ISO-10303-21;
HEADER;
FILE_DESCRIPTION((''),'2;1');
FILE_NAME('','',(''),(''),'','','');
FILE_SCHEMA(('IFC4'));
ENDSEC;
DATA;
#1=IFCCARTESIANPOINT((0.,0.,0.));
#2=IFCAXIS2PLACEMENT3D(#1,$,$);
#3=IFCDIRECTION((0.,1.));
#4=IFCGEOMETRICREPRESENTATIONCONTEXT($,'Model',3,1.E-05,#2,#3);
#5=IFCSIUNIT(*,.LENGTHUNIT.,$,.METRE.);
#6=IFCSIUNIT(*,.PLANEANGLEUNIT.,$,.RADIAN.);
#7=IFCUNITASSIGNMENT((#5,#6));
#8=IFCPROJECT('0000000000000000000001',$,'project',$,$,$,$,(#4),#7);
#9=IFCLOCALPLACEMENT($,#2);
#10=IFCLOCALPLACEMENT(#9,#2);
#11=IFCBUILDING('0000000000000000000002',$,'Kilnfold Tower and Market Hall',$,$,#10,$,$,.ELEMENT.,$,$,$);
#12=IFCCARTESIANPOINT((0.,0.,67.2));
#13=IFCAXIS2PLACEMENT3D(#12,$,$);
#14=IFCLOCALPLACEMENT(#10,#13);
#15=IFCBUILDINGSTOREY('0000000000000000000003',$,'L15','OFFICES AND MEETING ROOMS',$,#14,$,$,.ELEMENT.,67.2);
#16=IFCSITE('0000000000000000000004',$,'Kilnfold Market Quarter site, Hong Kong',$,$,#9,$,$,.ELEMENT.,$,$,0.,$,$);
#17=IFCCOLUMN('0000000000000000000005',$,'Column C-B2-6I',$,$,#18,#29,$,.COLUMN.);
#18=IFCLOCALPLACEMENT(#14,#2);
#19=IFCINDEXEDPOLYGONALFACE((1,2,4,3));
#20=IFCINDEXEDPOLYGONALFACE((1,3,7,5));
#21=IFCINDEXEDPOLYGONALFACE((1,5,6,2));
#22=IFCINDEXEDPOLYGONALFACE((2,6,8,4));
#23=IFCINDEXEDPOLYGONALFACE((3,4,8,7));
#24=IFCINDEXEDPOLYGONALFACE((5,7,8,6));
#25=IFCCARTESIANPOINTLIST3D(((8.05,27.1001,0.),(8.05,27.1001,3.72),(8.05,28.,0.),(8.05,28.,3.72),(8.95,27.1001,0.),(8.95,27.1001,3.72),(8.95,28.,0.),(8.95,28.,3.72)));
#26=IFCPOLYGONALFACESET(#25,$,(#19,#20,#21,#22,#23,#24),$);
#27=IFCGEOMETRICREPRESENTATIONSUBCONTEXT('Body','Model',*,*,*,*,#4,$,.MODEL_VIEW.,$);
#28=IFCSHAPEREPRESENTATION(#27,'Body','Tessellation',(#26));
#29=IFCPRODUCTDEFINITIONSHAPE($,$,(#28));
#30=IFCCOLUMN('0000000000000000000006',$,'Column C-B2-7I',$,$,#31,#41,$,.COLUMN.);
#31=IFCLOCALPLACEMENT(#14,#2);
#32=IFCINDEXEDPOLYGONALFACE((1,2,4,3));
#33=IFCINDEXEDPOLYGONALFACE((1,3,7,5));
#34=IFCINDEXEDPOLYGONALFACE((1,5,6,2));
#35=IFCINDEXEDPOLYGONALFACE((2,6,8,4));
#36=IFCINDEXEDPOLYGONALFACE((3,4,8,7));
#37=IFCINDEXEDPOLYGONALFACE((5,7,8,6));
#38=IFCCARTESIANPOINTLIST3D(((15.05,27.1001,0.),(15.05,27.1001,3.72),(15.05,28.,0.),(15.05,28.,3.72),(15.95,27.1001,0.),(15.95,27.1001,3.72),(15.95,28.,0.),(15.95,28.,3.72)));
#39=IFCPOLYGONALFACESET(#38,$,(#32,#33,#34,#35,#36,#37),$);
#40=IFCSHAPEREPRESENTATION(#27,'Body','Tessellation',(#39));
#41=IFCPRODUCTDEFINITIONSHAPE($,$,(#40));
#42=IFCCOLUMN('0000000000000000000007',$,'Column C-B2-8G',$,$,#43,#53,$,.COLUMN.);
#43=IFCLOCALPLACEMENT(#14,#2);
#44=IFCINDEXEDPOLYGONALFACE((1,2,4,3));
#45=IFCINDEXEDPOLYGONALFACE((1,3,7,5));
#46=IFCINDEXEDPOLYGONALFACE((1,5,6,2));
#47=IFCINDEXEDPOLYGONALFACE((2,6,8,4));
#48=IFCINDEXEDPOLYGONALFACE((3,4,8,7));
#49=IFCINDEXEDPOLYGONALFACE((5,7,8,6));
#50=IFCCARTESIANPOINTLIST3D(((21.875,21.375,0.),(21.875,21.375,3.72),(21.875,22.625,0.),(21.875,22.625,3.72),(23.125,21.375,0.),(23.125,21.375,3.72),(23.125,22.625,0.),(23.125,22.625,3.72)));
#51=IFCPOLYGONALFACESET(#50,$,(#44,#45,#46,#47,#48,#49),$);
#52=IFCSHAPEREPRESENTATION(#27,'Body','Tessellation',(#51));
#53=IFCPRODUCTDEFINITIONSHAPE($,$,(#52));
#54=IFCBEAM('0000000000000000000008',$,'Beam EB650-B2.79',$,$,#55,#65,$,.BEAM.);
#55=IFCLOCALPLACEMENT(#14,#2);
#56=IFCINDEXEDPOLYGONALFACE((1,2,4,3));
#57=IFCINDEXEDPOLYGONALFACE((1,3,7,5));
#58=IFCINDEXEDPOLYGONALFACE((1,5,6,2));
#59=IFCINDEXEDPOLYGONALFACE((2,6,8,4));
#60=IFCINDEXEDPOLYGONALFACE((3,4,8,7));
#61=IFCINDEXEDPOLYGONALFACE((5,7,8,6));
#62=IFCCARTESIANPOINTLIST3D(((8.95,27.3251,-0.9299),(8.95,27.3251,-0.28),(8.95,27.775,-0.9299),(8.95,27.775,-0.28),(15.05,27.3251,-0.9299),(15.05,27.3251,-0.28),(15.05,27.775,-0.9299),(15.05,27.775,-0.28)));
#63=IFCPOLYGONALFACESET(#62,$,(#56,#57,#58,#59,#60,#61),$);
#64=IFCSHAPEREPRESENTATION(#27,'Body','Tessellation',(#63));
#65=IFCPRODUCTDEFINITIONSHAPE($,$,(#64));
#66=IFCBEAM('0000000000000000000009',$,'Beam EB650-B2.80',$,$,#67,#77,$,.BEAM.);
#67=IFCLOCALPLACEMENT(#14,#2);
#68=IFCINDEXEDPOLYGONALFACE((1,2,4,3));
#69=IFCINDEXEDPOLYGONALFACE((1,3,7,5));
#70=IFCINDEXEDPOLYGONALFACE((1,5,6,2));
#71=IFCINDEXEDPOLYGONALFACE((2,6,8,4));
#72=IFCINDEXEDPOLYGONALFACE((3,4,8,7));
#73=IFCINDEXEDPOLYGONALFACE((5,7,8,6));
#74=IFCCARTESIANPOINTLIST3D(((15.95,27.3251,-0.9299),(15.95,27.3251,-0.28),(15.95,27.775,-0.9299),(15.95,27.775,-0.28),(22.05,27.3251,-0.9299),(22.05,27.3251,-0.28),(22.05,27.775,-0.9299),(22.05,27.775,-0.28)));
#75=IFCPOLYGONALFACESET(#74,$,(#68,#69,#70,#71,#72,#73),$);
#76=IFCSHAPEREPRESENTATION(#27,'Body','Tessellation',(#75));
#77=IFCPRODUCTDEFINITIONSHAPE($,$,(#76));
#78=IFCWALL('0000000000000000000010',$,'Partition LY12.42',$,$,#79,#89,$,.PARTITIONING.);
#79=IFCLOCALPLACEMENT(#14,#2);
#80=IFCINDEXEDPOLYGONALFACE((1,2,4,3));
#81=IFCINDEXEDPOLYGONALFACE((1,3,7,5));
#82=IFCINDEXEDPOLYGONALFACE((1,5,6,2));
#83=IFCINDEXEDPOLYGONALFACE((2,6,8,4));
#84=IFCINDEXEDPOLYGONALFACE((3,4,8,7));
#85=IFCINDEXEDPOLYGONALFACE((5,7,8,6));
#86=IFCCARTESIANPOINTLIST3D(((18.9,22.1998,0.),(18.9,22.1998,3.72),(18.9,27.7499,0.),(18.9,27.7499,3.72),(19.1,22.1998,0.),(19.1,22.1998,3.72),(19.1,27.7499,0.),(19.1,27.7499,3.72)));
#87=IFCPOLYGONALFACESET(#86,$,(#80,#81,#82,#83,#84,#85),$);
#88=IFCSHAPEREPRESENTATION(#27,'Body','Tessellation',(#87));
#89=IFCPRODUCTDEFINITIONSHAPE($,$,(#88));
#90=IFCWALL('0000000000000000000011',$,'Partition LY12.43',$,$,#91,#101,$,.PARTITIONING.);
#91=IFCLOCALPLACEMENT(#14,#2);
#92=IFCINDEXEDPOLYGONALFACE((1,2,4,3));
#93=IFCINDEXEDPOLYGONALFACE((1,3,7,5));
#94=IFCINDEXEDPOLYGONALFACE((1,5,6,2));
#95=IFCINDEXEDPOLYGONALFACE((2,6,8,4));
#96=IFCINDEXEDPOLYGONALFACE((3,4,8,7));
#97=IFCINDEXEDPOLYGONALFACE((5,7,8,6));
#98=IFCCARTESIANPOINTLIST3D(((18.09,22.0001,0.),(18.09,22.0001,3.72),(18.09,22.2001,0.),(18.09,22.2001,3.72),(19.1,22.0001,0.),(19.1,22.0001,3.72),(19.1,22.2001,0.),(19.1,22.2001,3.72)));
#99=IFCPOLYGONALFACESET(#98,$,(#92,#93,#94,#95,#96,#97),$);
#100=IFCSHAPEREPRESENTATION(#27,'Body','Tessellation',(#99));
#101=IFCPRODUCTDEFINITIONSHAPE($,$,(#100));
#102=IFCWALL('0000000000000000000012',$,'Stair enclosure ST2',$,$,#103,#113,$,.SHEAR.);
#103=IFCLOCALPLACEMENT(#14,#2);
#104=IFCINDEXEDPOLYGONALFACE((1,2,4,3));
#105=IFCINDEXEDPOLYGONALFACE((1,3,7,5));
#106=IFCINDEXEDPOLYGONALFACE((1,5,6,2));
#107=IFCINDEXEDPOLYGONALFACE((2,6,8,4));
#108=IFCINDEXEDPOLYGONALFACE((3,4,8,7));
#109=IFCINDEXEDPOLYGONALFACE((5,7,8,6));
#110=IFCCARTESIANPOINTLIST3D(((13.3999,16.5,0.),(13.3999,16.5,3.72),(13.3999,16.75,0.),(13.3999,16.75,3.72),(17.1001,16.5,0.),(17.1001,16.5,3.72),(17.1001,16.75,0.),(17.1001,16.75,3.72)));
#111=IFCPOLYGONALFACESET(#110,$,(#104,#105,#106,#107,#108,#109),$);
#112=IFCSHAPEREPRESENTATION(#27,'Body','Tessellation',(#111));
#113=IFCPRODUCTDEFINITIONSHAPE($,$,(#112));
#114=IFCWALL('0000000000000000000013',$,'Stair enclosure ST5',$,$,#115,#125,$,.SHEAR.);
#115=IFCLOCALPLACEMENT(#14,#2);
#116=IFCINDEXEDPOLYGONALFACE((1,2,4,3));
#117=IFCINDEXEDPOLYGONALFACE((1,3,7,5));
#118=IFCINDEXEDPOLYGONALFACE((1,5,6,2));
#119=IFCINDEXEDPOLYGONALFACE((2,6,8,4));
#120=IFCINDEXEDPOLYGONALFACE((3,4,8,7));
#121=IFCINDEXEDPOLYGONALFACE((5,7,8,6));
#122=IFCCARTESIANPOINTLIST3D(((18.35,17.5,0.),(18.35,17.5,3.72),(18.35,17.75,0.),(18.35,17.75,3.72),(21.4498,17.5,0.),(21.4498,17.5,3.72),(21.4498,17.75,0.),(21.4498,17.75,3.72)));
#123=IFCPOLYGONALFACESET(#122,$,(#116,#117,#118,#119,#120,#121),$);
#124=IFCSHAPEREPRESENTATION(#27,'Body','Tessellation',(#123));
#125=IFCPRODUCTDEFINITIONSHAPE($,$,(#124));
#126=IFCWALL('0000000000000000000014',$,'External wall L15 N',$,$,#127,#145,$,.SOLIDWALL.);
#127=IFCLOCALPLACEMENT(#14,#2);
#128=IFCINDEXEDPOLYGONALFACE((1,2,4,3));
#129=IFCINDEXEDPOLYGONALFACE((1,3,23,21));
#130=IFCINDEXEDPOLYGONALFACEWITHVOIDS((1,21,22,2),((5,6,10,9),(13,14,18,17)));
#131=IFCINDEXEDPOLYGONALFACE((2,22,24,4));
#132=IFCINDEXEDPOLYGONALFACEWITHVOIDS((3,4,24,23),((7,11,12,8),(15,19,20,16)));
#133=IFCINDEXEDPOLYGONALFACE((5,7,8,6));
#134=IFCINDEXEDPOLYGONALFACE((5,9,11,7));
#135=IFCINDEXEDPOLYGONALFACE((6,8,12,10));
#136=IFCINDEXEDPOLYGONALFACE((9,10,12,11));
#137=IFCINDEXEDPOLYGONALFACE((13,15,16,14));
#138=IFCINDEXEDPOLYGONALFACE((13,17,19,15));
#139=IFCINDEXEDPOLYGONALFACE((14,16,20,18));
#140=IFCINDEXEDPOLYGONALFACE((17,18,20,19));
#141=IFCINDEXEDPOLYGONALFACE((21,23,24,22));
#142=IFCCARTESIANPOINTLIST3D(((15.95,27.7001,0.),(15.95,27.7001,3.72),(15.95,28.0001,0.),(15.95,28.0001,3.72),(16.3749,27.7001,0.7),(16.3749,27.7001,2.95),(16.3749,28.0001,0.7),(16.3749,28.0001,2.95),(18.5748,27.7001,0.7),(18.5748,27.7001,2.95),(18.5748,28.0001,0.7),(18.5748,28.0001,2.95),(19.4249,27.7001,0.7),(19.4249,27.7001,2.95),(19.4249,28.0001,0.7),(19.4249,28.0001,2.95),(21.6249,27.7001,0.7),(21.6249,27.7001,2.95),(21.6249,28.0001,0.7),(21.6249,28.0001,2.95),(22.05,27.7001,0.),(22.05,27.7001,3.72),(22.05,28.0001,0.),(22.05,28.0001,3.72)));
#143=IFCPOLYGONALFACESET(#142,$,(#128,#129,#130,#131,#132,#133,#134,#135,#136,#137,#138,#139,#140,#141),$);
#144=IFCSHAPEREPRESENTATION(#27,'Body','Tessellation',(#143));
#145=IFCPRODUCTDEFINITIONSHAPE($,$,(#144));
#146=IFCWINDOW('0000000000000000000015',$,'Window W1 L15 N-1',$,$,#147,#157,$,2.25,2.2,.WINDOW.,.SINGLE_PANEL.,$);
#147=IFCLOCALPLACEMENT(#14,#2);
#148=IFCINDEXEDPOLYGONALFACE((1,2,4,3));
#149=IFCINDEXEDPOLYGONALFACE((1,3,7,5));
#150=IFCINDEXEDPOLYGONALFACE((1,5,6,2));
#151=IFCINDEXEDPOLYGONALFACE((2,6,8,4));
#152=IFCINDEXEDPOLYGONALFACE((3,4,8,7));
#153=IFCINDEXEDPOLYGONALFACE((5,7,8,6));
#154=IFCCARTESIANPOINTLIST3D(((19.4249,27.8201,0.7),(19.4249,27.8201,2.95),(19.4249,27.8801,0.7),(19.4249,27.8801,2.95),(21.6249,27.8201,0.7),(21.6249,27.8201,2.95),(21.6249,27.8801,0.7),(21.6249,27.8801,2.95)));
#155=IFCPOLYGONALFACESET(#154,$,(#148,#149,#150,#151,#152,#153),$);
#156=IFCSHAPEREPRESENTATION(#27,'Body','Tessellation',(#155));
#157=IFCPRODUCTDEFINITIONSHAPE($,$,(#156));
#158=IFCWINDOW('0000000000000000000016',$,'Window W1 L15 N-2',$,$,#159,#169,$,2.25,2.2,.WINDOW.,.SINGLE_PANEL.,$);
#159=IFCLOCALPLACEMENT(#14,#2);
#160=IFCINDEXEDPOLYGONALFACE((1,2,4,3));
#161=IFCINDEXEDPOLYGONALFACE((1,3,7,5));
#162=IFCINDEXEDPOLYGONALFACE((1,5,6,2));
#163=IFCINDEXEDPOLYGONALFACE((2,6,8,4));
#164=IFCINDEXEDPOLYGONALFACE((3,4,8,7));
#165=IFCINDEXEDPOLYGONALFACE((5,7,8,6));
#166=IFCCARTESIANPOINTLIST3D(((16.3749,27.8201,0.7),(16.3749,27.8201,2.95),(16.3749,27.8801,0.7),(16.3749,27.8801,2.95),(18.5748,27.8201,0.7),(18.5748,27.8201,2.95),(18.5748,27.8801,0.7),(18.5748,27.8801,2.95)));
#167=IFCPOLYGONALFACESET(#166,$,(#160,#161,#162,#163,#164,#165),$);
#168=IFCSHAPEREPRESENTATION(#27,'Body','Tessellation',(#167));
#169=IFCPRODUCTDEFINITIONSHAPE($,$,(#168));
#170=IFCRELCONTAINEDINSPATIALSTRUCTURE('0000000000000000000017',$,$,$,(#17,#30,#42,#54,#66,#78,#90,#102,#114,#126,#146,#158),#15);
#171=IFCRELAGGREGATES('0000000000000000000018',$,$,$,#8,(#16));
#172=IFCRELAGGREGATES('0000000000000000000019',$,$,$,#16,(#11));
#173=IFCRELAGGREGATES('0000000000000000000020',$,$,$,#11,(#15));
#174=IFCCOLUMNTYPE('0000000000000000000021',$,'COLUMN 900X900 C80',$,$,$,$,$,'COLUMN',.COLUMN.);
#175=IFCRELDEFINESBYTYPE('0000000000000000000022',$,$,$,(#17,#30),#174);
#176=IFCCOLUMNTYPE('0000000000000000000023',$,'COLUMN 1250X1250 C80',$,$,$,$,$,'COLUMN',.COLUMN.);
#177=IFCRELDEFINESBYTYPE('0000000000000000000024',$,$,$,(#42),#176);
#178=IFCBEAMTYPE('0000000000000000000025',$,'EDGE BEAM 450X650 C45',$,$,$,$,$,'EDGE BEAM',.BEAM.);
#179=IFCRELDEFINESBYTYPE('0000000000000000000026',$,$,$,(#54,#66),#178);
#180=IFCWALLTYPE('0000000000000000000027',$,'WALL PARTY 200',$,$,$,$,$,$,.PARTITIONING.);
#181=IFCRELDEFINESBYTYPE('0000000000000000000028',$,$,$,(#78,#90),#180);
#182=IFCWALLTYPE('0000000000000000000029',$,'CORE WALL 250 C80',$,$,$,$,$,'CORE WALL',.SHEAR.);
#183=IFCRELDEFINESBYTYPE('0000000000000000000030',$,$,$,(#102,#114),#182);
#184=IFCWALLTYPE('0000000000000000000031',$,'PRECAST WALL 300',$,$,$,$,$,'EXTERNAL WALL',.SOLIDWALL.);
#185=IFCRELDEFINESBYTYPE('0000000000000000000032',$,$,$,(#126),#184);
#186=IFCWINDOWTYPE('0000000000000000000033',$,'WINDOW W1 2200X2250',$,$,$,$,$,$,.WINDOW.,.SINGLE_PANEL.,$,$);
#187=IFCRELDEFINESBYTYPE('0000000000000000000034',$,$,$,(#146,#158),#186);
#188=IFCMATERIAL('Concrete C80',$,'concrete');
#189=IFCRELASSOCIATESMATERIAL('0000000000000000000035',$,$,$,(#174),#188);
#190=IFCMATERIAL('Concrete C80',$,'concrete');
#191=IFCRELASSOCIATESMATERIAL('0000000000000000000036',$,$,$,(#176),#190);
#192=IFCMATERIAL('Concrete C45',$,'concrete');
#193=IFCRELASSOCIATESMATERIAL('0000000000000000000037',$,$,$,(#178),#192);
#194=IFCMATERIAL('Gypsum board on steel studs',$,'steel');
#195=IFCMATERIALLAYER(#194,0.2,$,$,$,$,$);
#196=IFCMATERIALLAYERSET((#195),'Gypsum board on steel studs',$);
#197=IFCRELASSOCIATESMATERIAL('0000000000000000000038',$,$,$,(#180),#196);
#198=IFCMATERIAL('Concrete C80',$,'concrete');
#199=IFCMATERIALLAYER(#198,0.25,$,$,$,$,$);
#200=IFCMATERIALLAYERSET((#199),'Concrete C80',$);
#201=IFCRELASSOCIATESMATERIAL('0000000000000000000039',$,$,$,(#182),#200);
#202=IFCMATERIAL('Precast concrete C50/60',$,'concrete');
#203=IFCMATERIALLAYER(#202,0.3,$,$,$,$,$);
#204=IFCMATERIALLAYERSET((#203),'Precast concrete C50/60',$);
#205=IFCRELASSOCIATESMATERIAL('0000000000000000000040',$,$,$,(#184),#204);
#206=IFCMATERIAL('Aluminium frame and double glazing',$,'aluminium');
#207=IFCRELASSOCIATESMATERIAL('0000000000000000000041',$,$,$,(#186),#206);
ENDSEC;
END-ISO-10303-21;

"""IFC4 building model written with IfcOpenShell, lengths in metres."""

from ifc_helpers import new_model, si_unit, direction, frame, frame_2d, origin, origin_2d, place, context, subcontext, project, spatial, rectangle, extrude, source, transform, mapped, material, layer, layer_set, material_profile, profile_set, type_object, element, fill, save


model = new_model("IFC4")

# Units and contexts
model_context = context("Model", 3, precision=1e-05, world=origin(), true_north=direction((0.0, 1.0)))
body_context = subcontext(model_context, "Body", "Model", "MODEL_VIEW")
ifc_project = project(units=[si_unit("LENGTHUNIT", "METRE"), si_unit("PLANEANGLEUNIT", "RADIAN")], contexts=[model_context])

# Site, building, storey
site_placement = place(None, origin())
site = spatial("IfcSite", under=ifc_project, at=site_placement, Name="Kilnfold Market Quarter site, Hong Kong", CompositionType="ELEMENT", RefElevation=0.0)
building_placement = place(site_placement, origin())
building = spatial("IfcBuilding", under=site, at=building_placement, Name="Kilnfold Tower and Market Hall", CompositionType="ELEMENT")
storey_placement = place(building_placement, frame((0.0, 0.0, 67.2)))
storey = spatial("IfcBuildingStorey", under=building, at=storey_placement, Name="L15", Description="OFFICES AND MEETING ROOMS", CompositionType="ELEMENT", Elevation=67.2)

# Columns
ifc_material_1 = material(Name="Concrete C80", Category="concrete")
ifc_material_profile_1 = material_profile(ifc_material_1, rectangle(XDim=0.8999, YDim=0.8999, at=origin_2d()), Name="RC 900x900")
ifc_profile_set_1 = profile_set([ifc_material_profile_1], Name="Concrete C80")
column_type_1 = type_object("IfcColumnType", Name="COLUMN 900X900 C80", ElementType="COLUMN", PredefinedType="COLUMN", material=ifc_profile_set_1)
shared_shape_1 = source(origin(), body_context, "Body", "SweptSolid", [
    extrude(rectangle(XDim=0.8999, YDim=0.8999, at=origin_2d()), origin(), (0.0, 0.0, 1.0), 3.72),
])
for number, where, z_axis, x_axis, name in (
    (1, (8.5, 27.55, 0.0), (0.0, 0.0, 1.0), (1.0, 0.0, 0.0), "Column C-B2-6I"),
    (2, (15.5, 27.55, 0.0), (0.0, 0.0, 1.0), (1.0, 0.0, 0.0), "Column C-B2-7I"),
):
    element("IfcColumn", number, at=place(storey_placement, frame(where, z_axis=z_axis, x_axis=x_axis)), inside=storey, type_object=column_type_1, Name=name, PredefinedType="COLUMN", context=body_context, shape_type="MappedRepresentation", body=[
        mapped(shared_shape_1, transform((0.0, 0.0, 0.0))),
    ])
ifc_material_2 = material(Name="Concrete C80", Category="concrete")
ifc_material_profile_2 = material_profile(ifc_material_2, rectangle(XDim=1.25, YDim=1.25, at=origin_2d()), Name="RC 1250x1250")
ifc_profile_set_2 = profile_set([ifc_material_profile_2], Name="Concrete C80")
column_type_2 = type_object("IfcColumnType", Name="COLUMN 1250X1250 C80", ElementType="COLUMN", PredefinedType="COLUMN", material=ifc_profile_set_2)
shared_shape_2 = source(origin(), body_context, "Body", "SweptSolid", [
    extrude(rectangle(XDim=1.25, YDim=1.25, at=origin_2d()), origin(), (0.0, 0.0, 1.0), 3.72),
])
column_placement = place(storey_placement, frame((22.5, 22.0, 0.0), z_axis=(0.0, 0.0, 1.0), x_axis=(1.0, 0.0, 0.0)))
element("IfcColumn", 3, at=column_placement, inside=storey, type_object=column_type_2, Name="Column C-B2-8G", PredefinedType="COLUMN", context=body_context, shape_type="MappedRepresentation", body=[
    mapped(shared_shape_2, transform((0.0, 0.0, 0.0))),
])

# Beams
ifc_material_3 = material(Name="Concrete C45", Category="concrete")
ifc_material_profile_3 = material_profile(ifc_material_3, rectangle(XDim=0.45, YDim=0.6499, at=origin_2d()), Name="RC 450x650")
ifc_profile_set_3 = profile_set([ifc_material_profile_3], Name="Concrete C45")
beam_type = type_object("IfcBeamType", Name="EDGE BEAM 450X650 C45", ElementType="EDGE BEAM", PredefinedType="BEAM", material=ifc_profile_set_3)
shared_shape_3 = source(origin(), body_context, "Body", "SweptSolid", [
    extrude(rectangle(XDim=0.45, YDim=0.6499, at=origin_2d()), origin(), (0.0, 0.0, 1.0), 6.1001),
])
for number, where, z_axis, x_axis, name in (
    (4, (8.95, 27.55, -0.605), (1.0, 0.0, 0.0), (0.0, 1.0, 0.0), "Beam EB650-B2.79"),
    (5, (15.95, 27.55, -0.605), (1.0, 0.0, 0.0), (0.0, 1.0, 0.0), "Beam EB650-B2.80"),
):
    element("IfcBeam", number, at=place(storey_placement, frame(where, z_axis=z_axis, x_axis=x_axis)), inside=storey, type_object=beam_type, Name=name, PredefinedType="BEAM", context=body_context, shape_type="MappedRepresentation", body=[
        mapped(shared_shape_3, transform((0.0, 0.0, 0.0))),
    ])

# Walls
ifc_material_4 = material(Name="Gypsum board on steel studs", Category="steel")
ifc_layer_1 = layer(ifc_material_4, 0.2)
ifc_layer_set_1 = layer_set([ifc_layer_1], Name="Gypsum board on steel studs")
wall_type_1 = type_object("IfcWallType", Name="WALL PARTY 200", PredefinedType="PARTITIONING", material=ifc_layer_set_1)
wall_1_placement = place(storey_placement, frame((19.0, 22.2, 0.0), z_axis=(0.0, 0.0, 1.0), x_axis=(0.0, 1.0, 0.0)))
element("IfcWall", 6, at=wall_1_placement, inside=storey, type_object=wall_type_1, Name="Partition LY12.42", PredefinedType="PARTITIONING", context=body_context, shape_type="SweptSolid", body=[
    extrude(rectangle(XDim=5.55, YDim=0.2, at=frame_2d((2.7749, 0.0))), origin(), (0.0, 0.0, 1.0), 3.72),
])
wall_2_placement = place(storey_placement, frame((18.0901, 22.1001, 0.0), z_axis=(0.0, 0.0, 1.0), x_axis=(1.0, 0.0, 0.0)))
element("IfcWall", 7, at=wall_2_placement, inside=storey, type_object=wall_type_1, Name="Partition LY12.43", PredefinedType="PARTITIONING", context=body_context, shape_type="SweptSolid", body=[
    extrude(rectangle(XDim=1.01, YDim=0.2, at=frame_2d((0.5049, 0.0))), origin(), (0.0, 0.0, 1.0), 3.72),
])
ifc_material_5 = material(Name="Concrete C80", Category="concrete")
ifc_layer_2 = layer(ifc_material_5, 0.25)
ifc_layer_set_2 = layer_set([ifc_layer_2], Name="Concrete C80")
wall_type_2 = type_object("IfcWallType", Name="CORE WALL 250 C80", ElementType="CORE WALL", PredefinedType="SHEAR", material=ifc_layer_set_2)
shared_shape_4 = source(origin(), body_context, "Body", "SweptSolid", [
    extrude(rectangle(XDim=3.7002, YDim=0.25, at=frame_2d((1.8501, 0.0))), origin(), (0.0, 0.0, 1.0), 3.72),
])
wall_3_placement = place(storey_placement, frame((13.3999, 16.625, 0.0), z_axis=(0.0, 0.0, 1.0), x_axis=(1.0, 0.0, 0.0)))
element("IfcWall", 8, at=wall_3_placement, inside=storey, type_object=wall_type_2, Name="Stair enclosure ST2", PredefinedType="SHEAR", context=body_context, shape_type="MappedRepresentation", body=[
    mapped(shared_shape_4, transform((0.0, 0.0, 0.0))),
])
shared_shape_5 = source(origin(), body_context, "Body", "SweptSolid", [
    extrude(rectangle(XDim=3.0999, YDim=0.25, at=frame_2d((1.5498, 0.0))), origin(), (0.0, 0.0, 1.0), 3.72),
])
wall_4_placement = place(storey_placement, frame((18.3501, 17.625, 0.0), z_axis=(0.0, 0.0, 1.0), x_axis=(1.0, 0.0, 0.0)))
element("IfcWall", 9, at=wall_4_placement, inside=storey, type_object=wall_type_2, Name="Stair enclosure ST5", PredefinedType="SHEAR", context=body_context, shape_type="MappedRepresentation", body=[
    mapped(shared_shape_5, transform((0.0, 0.0, 0.0))),
])

# Wall, openings, windows
ifc_material_6 = material(Name="Precast concrete C50/60", Category="concrete")
ifc_layer_3 = layer(ifc_material_6, 0.3)
ifc_layer_set_3 = layer_set([ifc_layer_3], Name="Precast concrete C50/60")
wall_type_3 = type_object("IfcWallType", Name="PRECAST WALL 300", ElementType="EXTERNAL WALL", PredefinedType="SOLIDWALL", material=ifc_layer_set_3)
shared_shape_6 = source(origin(), body_context, "Body", "SweptSolid", [
    extrude(rectangle(XDim=6.1001, YDim=0.3, at=frame_2d((3.05, 0.0))), origin(), (0.0, 0.0, 1.0), 3.72),
])
wall_5_placement = place(storey_placement, frame((22.05, 27.8501, 0.0), z_axis=(0.0, 0.0, 1.0), x_axis=(-1.0, 0.0, 0.0)))
wall_5 = element("IfcWall", 10, at=wall_5_placement, inside=storey, type_object=wall_type_3, Name="External wall L15 N", PredefinedType="SOLIDWALL", context=body_context, shape_type="MappedRepresentation", body=[
    mapped(shared_shape_6, transform((0.0, 0.0, 0.0))),
])
opening_1_placement = place(wall_5_placement, frame((0.425, 0.0, 0.7)))
opening_1 = element("IfcOpeningElement", 11, at=opening_1_placement, cuts=wall_5, PredefinedType="OPENING", context=body_context, shape_type="SweptSolid", body=[
    extrude(rectangle(XDim=2.2, YDim=2.25, at=frame_2d((1.1001, 1.125))), frame((0.0, 0.1602, 0.0), z_axis=(0.0, -1.0, 0.0), x_axis=(1.0, 0.0, 0.0)), (0.0, 0.0, 1.0), 0.3201),
])
opening_2_placement = place(wall_5_placement, frame((3.4751, 0.0, 0.7)))
opening_2 = element("IfcOpeningElement", 12, at=opening_2_placement, cuts=wall_5, PredefinedType="OPENING", context=body_context, shape_type="SweptSolid", body=[
    extrude(rectangle(XDim=2.2, YDim=2.25, at=frame_2d((1.1001, 1.125))), frame((0.0, 0.1602, 0.0), z_axis=(0.0, -1.0, 0.0), x_axis=(1.0, 0.0, 0.0)), (0.0, 0.0, 1.0), 0.3201),
])
ifc_material_7 = material(Name="Aluminium frame and double glazing", Category="aluminium")
window_type = type_object("IfcWindowType", Name="WINDOW W1 2200X2250", PartitioningType="SINGLE_PANEL", PredefinedType="WINDOW", material=ifc_material_7)
window_1_placement = place(opening_1_placement, origin())
window_1 = element("IfcWindow", 13, at=window_1_placement, inside=storey, type_object=window_type, Name="Window W1 L15 N-1", OverallHeight=2.25, OverallWidth=2.2, PartitioningType="SINGLE_PANEL", PredefinedType="WINDOW", context=body_context, shape_type="SweptSolid", body=[
    extrude(rectangle(XDim=2.2, YDim=2.25, at=frame_2d((1.1001, 1.125))), frame((0.0, 0.03, 0.0), z_axis=(0.0, -1.0, 0.0), x_axis=(1.0, 0.0, 0.0)), (0.0, 0.0, 1.0), 0.0601),
])
fill(opening_1, window_1)
window_2_placement = place(opening_2_placement, origin())
window_2 = element("IfcWindow", 14, at=window_2_placement, inside=storey, type_object=window_type, Name="Window W1 L15 N-2", OverallHeight=2.25, OverallWidth=2.2, PartitioningType="SINGLE_PANEL", PredefinedType="WINDOW", context=body_context, shape_type="SweptSolid", body=[
    extrude(rectangle(XDim=2.2, YDim=2.25, at=frame_2d((1.1001, 1.125))), frame((0.0, 0.03, 0.0), z_axis=(0.0, -1.0, 0.0), x_axis=(1.0, 0.0, 0.0)), (0.0, 0.0, 1.0), 0.0601),
])
fill(opening_2, window_2)

save(model, "model.ifc")
